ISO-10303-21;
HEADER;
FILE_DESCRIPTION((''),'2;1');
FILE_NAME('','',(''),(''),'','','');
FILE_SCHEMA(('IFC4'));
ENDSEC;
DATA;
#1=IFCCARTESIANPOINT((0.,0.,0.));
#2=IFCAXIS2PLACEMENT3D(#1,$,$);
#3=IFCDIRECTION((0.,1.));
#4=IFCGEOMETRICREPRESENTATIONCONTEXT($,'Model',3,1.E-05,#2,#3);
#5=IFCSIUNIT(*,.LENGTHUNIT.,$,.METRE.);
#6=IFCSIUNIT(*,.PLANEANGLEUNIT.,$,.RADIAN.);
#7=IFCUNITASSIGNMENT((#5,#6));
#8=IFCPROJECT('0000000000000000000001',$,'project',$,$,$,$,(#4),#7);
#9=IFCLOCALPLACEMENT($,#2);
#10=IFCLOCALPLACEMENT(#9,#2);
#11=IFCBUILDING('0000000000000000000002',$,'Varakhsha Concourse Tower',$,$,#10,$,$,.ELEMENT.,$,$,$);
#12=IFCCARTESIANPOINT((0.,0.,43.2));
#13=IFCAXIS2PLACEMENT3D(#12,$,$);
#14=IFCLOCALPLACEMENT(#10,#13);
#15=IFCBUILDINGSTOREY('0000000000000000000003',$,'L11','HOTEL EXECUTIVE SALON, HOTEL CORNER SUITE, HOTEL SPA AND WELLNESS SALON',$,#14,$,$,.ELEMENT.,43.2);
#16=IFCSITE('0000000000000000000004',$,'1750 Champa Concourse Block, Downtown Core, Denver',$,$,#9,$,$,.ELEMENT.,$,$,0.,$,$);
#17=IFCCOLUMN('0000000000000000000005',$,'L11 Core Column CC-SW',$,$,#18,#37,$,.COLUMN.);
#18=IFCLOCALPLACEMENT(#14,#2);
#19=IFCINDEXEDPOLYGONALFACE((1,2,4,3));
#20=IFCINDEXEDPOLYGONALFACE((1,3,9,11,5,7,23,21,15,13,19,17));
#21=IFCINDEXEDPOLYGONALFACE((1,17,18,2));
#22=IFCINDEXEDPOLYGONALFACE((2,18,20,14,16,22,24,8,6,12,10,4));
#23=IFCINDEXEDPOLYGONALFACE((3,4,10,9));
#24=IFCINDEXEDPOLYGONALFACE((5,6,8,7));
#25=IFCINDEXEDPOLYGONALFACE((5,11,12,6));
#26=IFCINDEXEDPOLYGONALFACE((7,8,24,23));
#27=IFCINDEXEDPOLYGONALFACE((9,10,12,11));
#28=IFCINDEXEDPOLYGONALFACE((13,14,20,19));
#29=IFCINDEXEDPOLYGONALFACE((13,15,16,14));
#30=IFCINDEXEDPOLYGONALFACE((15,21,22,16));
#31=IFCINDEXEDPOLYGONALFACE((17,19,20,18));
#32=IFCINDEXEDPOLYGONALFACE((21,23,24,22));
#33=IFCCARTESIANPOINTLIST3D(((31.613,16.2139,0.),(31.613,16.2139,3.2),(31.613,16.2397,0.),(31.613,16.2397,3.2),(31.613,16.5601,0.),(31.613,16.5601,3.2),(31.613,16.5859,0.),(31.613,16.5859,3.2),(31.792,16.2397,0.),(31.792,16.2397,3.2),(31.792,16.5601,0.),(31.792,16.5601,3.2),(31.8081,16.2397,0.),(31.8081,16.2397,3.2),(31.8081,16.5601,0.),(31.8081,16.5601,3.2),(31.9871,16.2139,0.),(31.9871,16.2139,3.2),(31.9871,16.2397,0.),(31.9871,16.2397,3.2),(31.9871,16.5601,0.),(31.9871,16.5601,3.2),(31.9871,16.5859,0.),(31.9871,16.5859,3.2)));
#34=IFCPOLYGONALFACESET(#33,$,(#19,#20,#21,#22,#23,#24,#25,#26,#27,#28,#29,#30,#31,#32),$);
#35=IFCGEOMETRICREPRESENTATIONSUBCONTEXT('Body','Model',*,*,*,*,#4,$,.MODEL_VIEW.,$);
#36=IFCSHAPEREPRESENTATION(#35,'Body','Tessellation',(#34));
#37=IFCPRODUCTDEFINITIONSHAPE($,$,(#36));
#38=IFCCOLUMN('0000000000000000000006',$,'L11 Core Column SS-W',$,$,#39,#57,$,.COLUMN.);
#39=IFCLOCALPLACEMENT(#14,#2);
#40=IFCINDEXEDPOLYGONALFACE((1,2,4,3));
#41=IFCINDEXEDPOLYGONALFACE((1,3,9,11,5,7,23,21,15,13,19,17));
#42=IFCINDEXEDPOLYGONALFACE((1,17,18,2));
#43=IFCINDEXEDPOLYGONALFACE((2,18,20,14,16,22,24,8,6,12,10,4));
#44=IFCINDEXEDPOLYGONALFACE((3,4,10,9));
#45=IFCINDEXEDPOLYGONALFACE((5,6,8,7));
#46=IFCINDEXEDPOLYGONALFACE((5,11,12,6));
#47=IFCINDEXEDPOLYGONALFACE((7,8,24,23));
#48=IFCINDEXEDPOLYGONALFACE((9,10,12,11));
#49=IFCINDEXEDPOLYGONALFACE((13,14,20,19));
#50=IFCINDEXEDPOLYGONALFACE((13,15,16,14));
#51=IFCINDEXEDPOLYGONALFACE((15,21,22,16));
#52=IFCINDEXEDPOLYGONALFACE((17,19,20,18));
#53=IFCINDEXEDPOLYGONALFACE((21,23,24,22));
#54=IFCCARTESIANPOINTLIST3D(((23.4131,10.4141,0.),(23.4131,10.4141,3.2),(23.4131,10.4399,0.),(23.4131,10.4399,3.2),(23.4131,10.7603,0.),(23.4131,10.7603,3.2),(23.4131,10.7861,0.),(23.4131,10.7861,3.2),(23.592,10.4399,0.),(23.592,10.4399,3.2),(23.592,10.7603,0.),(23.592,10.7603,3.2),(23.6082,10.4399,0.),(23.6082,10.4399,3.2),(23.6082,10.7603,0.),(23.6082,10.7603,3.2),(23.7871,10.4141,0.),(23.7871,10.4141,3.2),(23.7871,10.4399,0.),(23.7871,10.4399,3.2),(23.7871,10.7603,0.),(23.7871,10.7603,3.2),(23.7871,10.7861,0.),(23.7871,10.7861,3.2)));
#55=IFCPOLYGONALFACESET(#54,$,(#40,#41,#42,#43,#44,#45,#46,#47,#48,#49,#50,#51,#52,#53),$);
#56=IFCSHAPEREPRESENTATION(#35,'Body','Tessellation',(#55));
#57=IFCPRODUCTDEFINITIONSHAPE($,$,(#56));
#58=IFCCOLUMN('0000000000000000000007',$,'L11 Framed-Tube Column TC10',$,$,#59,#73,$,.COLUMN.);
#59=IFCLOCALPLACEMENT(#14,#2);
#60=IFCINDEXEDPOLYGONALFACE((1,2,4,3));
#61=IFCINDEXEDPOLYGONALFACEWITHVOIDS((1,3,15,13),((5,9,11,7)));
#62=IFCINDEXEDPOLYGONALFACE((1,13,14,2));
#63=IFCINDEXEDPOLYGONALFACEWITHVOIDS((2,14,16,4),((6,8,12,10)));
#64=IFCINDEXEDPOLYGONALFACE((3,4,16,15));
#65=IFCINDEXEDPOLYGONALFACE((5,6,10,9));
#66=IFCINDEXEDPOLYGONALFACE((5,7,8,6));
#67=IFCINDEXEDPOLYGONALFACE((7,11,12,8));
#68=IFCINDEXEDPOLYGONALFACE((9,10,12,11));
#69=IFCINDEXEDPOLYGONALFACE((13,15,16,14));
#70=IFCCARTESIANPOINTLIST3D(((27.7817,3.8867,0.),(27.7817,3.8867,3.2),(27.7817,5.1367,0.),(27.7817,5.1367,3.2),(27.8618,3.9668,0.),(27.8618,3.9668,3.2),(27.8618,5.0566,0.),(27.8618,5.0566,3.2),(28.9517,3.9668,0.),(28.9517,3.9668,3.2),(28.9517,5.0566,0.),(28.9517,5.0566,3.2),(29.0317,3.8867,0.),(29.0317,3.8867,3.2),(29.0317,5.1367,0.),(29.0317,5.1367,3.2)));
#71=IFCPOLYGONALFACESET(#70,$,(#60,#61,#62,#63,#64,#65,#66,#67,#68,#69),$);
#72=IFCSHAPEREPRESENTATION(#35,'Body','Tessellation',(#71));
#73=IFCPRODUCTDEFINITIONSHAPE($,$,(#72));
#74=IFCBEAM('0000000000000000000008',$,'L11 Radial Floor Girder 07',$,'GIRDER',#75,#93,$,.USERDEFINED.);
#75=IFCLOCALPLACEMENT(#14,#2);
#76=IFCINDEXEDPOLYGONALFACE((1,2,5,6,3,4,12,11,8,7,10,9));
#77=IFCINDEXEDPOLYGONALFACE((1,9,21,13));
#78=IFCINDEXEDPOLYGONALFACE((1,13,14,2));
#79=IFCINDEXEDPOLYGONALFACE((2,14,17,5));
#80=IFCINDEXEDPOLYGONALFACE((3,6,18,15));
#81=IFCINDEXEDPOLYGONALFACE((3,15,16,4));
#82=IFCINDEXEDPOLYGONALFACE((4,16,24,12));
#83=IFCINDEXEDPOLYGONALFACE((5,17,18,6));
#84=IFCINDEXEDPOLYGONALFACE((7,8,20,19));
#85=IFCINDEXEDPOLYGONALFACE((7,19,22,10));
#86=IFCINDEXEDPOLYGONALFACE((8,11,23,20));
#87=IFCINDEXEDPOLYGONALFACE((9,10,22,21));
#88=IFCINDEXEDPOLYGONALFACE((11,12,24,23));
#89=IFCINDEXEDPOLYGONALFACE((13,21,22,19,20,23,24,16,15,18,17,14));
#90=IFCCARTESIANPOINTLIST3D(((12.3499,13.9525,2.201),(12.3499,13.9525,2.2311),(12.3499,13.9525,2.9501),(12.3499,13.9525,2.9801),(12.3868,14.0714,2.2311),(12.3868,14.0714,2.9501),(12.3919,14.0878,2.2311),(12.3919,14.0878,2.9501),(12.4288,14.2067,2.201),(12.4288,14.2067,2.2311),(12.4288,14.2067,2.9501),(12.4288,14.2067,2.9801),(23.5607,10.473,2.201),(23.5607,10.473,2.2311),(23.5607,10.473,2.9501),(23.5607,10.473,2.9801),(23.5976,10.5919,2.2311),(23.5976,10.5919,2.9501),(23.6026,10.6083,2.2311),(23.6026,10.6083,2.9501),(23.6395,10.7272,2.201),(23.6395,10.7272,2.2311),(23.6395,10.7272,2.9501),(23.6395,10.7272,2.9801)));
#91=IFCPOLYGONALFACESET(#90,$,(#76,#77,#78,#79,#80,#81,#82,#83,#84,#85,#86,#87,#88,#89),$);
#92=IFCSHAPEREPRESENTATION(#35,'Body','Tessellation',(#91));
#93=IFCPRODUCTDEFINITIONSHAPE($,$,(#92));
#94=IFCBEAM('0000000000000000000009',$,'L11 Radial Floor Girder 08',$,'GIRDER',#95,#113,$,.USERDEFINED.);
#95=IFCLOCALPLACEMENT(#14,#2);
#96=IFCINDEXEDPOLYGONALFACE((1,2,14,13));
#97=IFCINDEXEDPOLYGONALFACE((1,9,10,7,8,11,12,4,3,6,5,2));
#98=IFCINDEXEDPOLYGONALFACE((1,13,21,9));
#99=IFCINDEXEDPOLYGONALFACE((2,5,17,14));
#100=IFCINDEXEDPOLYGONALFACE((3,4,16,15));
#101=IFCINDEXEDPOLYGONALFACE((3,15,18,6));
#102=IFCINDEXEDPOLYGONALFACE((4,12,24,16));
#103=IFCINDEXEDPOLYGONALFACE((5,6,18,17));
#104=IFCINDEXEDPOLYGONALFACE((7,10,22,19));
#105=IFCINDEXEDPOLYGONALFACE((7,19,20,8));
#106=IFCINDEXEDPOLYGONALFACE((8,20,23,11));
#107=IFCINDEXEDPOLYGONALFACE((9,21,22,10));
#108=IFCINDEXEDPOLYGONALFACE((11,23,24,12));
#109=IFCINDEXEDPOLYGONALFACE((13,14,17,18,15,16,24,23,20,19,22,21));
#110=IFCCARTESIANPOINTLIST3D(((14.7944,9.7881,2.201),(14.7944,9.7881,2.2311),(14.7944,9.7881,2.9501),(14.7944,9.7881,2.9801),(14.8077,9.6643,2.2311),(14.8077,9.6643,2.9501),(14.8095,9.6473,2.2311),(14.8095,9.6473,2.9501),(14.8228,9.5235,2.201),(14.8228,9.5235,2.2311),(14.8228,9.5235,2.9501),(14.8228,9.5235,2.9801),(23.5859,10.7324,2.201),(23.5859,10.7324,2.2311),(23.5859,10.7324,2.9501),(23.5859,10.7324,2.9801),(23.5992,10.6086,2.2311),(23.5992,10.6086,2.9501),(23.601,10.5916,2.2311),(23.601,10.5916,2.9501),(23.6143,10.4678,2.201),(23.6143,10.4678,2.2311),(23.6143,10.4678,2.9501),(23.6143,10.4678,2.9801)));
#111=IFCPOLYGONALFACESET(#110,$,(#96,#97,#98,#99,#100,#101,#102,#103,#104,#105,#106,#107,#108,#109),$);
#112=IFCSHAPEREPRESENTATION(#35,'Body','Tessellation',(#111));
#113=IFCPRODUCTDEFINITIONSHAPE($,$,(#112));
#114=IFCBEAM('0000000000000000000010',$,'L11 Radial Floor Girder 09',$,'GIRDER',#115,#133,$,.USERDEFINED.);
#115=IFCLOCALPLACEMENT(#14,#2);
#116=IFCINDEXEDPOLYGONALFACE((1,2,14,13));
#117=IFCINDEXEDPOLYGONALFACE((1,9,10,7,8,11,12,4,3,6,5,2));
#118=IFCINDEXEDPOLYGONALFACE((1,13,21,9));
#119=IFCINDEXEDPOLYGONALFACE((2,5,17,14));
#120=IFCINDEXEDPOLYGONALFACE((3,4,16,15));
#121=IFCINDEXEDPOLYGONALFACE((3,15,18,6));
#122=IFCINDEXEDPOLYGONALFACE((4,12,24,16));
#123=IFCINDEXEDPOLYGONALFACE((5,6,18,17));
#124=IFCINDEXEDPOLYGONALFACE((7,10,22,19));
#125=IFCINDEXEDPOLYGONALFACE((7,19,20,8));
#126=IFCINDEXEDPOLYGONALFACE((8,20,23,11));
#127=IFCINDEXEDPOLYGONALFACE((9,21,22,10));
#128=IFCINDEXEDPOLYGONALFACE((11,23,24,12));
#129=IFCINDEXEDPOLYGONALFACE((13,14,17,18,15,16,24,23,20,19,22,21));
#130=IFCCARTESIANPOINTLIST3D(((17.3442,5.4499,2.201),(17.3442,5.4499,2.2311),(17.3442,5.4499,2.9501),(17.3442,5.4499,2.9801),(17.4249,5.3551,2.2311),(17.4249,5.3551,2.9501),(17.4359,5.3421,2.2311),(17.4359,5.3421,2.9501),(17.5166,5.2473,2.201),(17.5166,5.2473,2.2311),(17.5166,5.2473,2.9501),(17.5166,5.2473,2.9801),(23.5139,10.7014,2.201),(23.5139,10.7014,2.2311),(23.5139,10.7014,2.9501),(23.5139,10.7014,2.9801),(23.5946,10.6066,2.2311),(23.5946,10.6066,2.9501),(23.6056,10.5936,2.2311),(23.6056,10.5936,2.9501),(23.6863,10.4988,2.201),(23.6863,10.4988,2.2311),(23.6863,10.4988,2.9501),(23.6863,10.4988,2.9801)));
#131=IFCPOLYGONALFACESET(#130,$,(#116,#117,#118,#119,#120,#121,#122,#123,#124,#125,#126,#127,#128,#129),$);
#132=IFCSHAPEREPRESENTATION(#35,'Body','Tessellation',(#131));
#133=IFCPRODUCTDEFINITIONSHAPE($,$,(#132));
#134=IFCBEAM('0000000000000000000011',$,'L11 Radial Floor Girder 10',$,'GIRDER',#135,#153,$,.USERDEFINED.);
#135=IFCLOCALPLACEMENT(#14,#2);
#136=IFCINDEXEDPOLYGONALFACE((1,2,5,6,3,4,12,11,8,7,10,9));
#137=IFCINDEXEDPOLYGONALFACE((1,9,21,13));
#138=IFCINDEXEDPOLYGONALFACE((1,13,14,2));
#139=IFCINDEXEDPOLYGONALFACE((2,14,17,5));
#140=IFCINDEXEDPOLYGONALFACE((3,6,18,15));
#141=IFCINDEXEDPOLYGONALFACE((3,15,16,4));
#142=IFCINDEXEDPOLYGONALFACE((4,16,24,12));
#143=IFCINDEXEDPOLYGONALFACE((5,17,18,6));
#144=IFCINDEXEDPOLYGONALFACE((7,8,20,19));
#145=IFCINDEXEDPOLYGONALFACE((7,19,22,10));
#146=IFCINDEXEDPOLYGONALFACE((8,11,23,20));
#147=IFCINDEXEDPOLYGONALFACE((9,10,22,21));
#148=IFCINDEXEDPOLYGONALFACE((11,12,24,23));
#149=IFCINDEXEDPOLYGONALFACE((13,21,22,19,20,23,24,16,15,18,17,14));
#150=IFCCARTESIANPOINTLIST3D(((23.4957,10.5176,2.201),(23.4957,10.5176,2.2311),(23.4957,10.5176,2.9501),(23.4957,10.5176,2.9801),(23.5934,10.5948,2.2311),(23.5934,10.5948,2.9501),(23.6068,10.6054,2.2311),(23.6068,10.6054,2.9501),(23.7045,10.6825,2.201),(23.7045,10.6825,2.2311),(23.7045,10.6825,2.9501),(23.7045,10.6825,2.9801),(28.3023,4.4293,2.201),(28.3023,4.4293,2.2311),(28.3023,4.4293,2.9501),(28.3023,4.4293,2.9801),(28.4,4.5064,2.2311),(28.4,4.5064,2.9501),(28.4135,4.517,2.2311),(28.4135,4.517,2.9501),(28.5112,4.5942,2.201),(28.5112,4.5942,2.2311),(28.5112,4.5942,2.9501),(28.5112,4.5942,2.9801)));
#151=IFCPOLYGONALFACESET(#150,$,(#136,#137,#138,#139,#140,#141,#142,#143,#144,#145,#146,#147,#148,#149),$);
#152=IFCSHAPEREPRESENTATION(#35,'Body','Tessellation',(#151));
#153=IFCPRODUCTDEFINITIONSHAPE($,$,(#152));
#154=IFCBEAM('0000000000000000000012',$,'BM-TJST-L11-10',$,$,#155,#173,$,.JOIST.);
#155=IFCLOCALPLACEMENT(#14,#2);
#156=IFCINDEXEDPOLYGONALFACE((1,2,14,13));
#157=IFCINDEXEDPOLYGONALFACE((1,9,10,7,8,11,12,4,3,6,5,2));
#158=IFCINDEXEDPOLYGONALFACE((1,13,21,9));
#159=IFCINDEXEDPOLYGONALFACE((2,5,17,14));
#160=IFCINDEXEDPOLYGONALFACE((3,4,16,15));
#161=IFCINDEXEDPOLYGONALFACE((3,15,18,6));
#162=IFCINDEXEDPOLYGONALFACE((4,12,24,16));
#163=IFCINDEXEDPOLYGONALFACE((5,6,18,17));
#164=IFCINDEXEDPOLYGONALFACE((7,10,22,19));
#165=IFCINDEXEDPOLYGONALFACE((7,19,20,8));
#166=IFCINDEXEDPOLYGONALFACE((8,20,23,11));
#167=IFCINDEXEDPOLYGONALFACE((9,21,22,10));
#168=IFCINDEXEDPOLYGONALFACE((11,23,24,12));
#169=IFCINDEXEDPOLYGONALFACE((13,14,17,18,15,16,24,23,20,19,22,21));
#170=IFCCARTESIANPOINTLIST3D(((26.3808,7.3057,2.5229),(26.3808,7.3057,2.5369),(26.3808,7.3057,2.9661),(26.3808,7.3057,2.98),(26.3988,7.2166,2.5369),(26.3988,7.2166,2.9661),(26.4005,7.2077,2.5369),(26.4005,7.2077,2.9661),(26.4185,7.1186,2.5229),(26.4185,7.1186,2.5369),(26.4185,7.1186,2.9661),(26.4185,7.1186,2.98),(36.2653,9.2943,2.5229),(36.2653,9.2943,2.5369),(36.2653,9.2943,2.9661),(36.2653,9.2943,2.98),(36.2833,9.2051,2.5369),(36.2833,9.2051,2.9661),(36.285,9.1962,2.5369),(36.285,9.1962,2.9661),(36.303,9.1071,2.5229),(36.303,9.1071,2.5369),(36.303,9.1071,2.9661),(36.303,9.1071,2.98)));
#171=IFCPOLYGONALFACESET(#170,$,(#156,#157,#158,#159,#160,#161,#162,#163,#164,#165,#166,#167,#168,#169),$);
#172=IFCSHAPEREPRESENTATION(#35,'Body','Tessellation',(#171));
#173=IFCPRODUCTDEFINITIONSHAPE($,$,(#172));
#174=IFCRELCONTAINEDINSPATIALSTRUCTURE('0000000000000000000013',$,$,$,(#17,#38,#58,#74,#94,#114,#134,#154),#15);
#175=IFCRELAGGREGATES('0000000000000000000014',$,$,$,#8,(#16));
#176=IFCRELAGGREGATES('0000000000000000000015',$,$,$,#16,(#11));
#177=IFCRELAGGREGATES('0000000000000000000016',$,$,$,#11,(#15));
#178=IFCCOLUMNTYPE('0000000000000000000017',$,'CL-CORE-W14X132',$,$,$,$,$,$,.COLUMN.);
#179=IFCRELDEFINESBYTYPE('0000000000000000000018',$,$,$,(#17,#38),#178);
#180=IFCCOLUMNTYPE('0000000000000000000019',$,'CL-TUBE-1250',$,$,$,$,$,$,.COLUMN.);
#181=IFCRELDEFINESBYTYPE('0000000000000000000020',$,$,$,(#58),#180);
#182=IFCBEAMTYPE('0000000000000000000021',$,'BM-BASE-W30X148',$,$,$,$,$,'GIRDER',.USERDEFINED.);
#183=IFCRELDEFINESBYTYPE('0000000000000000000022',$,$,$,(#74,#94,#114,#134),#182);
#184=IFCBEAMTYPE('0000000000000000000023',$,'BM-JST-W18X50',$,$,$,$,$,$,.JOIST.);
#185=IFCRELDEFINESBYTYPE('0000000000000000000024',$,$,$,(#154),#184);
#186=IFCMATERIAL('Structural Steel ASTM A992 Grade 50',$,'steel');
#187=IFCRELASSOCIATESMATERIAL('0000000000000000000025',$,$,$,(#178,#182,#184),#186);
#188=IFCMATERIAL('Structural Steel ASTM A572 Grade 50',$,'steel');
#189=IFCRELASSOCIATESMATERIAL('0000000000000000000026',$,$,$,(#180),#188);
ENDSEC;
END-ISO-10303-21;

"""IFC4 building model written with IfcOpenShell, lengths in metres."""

from ifc_helpers import new_model, si_unit, direction, frame, origin, origin_2d, place, context, subcontext, project, spatial, hollow_rectangle, i_section, extrude, material, material_profile, profile_set, type_object, element, save


model = new_model("IFC4")

# Units and contexts
model_context = context("Model", 3, precision=1e-05, world=origin(), true_north=direction((0.0, 1.0)))
body_context = subcontext(model_context, "Body", "Model", "MODEL_VIEW")
ifc_project = project(units=[si_unit("LENGTHUNIT", "METRE"), si_unit("PLANEANGLEUNIT", "RADIAN")], contexts=[model_context])

# Site, building, storey
site_placement = place(None, origin())
site = spatial("IfcSite", under=ifc_project, at=site_placement, Name="1750 Champa Concourse Block, Downtown Core, Denver", CompositionType="ELEMENT", RefElevation=0.0)
building_placement = place(site_placement, origin())
building = spatial("IfcBuilding", under=site, at=building_placement, Name="Varakhsha Concourse Tower", CompositionType="ELEMENT")
storey_placement = place(building_placement, frame((0.0, 0.0, 43.2)))
storey = spatial("IfcBuildingStorey", under=building, at=storey_placement, Name="L11", Description="HOTEL EXECUTIVE SALON, HOTEL CORNER SUITE, HOTEL SPA AND WELLNESS SALON", CompositionType="ELEMENT", Elevation=43.2)

# Columns
ifc_material_1 = material(Name="Structural Steel ASTM A992 Grade 50", Category="steel")
ifc_material_profile_1 = material_profile(ifc_material_1, i_section(OverallWidth=0.374, OverallDepth=0.3721, WebThickness=0.0161, FlangeThickness=0.0259, at=origin_2d()), Name="W14X132")
ifc_profile_set_1 = profile_set([ifc_material_profile_1], Name="Structural Steel ASTM A992 Grade 50")
column_type_1 = type_object("IfcColumnType", Name="CL-CORE-W14X132", PredefinedType="COLUMN", material=ifc_profile_set_1)
for number, where, z_axis, x_axis, name in (
    (1, (31.8, 16.3999, 0.0), (0.0, 0.0, 1.0), (1.0, 0.0, 0.0), "L11 Core Column CC-SW"),
    (2, (23.6001, 10.6001, 0.0), (0.0, 0.0, 1.0), (1.0, 0.0, 0.0), "L11 Core Column SS-W"),
):
    element("IfcColumn", number, at=place(storey_placement, frame(where, z_axis=z_axis, x_axis=x_axis)), inside=storey, type_object=column_type_1, Name=name, PredefinedType="COLUMN", context=body_context, shape_type="SweptSolid", body=[
        extrude(i_section(OverallWidth=0.374, OverallDepth=0.3721, WebThickness=0.0161, FlangeThickness=0.0259, at=origin_2d()), origin(), (0.0, 0.0, 1.0), 3.2),
    ])
ifc_material_2 = material(Name="Structural Steel ASTM A572 Grade 50", Category="steel")
ifc_material_profile_2 = material_profile(ifc_material_2, hollow_rectangle(XDim=1.25, YDim=1.25, WallThickness=0.0801, at=origin_2d()), Name="BOX 1250x1250x80")
ifc_profile_set_2 = profile_set([ifc_material_profile_2], Name="Structural Steel ASTM A572 Grade 50")
column_type_2 = type_object("IfcColumnType", Name="CL-TUBE-1250", PredefinedType="COLUMN", material=ifc_profile_set_2)
column_placement = place(storey_placement, frame((28.4067, 4.5117, 0.0), z_axis=(0.0, 0.0, 1.0), x_axis=(1.0, 0.0, 0.0)))
element("IfcColumn", 3, at=column_placement, inside=storey, type_object=column_type_2, Name="L11 Framed-Tube Column TC10", PredefinedType="COLUMN", context=body_context, shape_type="SweptSolid", body=[
    extrude(hollow_rectangle(XDim=1.25, YDim=1.25, WallThickness=0.0801, at=origin_2d()), origin(), (0.0, 0.0, 1.0), 3.2),
])

# Beams
ifc_material_profile_3 = material_profile(ifc_material_1, i_section(OverallWidth=0.2661, OverallDepth=0.7791, WebThickness=0.0171, FlangeThickness=0.03, at=origin_2d()), Name="W30X148")
ifc_profile_set_3 = profile_set([ifc_material_profile_3], Name="Structural Steel ASTM A992 Grade 50")
beam_type_1 = type_object("IfcBeamType", Name="BM-BASE-W30X148", ElementType="GIRDER", PredefinedType="USERDEFINED", material=ifc_profile_set_3)
beam_1_placement = place(storey_placement, frame((23.6001, 10.6001, 2.5906), z_axis=(-0.955057, 0.296423, 0.0), x_axis=(-0.296423, -0.955057, 0.0)))
element("IfcBeam", 4, at=beam_1_placement, inside=storey, type_object=beam_type_1, Name="L11 Radial Floor Girder 07", ObjectType="GIRDER", PredefinedType="USERDEFINED", context=body_context, shape_type="SweptSolid", body=[
    extrude(i_section(OverallWidth=0.2661, OverallDepth=0.7791, WebThickness=0.0171, FlangeThickness=0.03, at=origin_2d()), origin(), (0.0, 0.0, 1.0), 11.7383),
])
beam_2_placement = place(storey_placement, frame((23.6001, 10.6001, 2.5906), z_axis=(-0.99428, -0.1068, 0.0), x_axis=(0.1068, -0.99428, 0.0)))
element("IfcBeam", 5, at=beam_2_placement, inside=storey, type_object=beam_type_1, Name="L11 Radial Floor Girder 08", ObjectType="GIRDER", PredefinedType="USERDEFINED", context=body_context, shape_type="SweptSolid", body=[
    extrude(i_section(OverallWidth=0.2661, OverallDepth=0.7791, WebThickness=0.0171, FlangeThickness=0.03, at=origin_2d()), origin(), (0.0, 0.0, 1.0), 8.842),
])
beam_3_placement = place(storey_placement, frame((23.6001, 10.6001, 2.5906), z_axis=(-0.761498, -0.648167, 0.0), x_axis=(0.648167, -0.761498, 0.0)))
element("IfcBeam", 6, at=beam_3_placement, inside=storey, type_object=beam_type_1, Name="L11 Radial Floor Girder 09", ObjectType="GIRDER", PredefinedType="USERDEFINED", context=body_context, shape_type="SweptSolid", body=[
    extrude(i_section(OverallWidth=0.2661, OverallDepth=0.7791, WebThickness=0.0171, FlangeThickness=0.03, at=origin_2d()), origin(), (0.0, 0.0, 1.0), 8.1021),
])
beam_4_placement = place(storey_placement, frame((23.6001, 10.6001, 2.5906), z_axis=(0.619646, -0.784881, 0.0), x_axis=(0.784881, 0.619646, 0.0)))
element("IfcBeam", 7, at=beam_4_placement, inside=storey, type_object=beam_type_1, Name="L11 Radial Floor Girder 10", ObjectType="GIRDER", PredefinedType="USERDEFINED", context=body_context, shape_type="SweptSolid", body=[
    extrude(i_section(OverallWidth=0.2661, OverallDepth=0.7791, WebThickness=0.0171, FlangeThickness=0.03, at=origin_2d()), origin(), (0.0, 0.0, 1.0), 7.7571),
])
ifc_material_profile_4 = material_profile(ifc_material_1, i_section(OverallWidth=0.1909, OverallDepth=0.457, WebThickness=0.009, FlangeThickness=0.0139, at=origin_2d()), Name="W18X50")
ifc_profile_set_4 = profile_set([ifc_material_profile_4], Name="Structural Steel ASTM A992 Grade 50")
beam_type_2 = type_object("IfcBeamType", Name="BM-JST-W18X50", PredefinedType="JOIST", material=ifc_profile_set_4)
beam_5_placement = place(storey_placement, frame((26.3997, 7.2122, 2.7515), z_axis=(0.980358, 0.197224, 0.0), x_axis=(-0.197224, 0.980358, 0.0)))
element("IfcBeam", 8, at=beam_5_placement, inside=storey, type_object=beam_type_2, Name="BM-TJST-L11-10", PredefinedType="JOIST", context=body_context, shape_type="SweptSolid", body=[
    extrude(i_section(OverallWidth=0.1909, OverallDepth=0.457, WebThickness=0.009, FlangeThickness=0.0139, at=origin_2d()), origin(), (0.0, 0.0, 1.0), 10.0825),
])

save(model, "model.ifc")
